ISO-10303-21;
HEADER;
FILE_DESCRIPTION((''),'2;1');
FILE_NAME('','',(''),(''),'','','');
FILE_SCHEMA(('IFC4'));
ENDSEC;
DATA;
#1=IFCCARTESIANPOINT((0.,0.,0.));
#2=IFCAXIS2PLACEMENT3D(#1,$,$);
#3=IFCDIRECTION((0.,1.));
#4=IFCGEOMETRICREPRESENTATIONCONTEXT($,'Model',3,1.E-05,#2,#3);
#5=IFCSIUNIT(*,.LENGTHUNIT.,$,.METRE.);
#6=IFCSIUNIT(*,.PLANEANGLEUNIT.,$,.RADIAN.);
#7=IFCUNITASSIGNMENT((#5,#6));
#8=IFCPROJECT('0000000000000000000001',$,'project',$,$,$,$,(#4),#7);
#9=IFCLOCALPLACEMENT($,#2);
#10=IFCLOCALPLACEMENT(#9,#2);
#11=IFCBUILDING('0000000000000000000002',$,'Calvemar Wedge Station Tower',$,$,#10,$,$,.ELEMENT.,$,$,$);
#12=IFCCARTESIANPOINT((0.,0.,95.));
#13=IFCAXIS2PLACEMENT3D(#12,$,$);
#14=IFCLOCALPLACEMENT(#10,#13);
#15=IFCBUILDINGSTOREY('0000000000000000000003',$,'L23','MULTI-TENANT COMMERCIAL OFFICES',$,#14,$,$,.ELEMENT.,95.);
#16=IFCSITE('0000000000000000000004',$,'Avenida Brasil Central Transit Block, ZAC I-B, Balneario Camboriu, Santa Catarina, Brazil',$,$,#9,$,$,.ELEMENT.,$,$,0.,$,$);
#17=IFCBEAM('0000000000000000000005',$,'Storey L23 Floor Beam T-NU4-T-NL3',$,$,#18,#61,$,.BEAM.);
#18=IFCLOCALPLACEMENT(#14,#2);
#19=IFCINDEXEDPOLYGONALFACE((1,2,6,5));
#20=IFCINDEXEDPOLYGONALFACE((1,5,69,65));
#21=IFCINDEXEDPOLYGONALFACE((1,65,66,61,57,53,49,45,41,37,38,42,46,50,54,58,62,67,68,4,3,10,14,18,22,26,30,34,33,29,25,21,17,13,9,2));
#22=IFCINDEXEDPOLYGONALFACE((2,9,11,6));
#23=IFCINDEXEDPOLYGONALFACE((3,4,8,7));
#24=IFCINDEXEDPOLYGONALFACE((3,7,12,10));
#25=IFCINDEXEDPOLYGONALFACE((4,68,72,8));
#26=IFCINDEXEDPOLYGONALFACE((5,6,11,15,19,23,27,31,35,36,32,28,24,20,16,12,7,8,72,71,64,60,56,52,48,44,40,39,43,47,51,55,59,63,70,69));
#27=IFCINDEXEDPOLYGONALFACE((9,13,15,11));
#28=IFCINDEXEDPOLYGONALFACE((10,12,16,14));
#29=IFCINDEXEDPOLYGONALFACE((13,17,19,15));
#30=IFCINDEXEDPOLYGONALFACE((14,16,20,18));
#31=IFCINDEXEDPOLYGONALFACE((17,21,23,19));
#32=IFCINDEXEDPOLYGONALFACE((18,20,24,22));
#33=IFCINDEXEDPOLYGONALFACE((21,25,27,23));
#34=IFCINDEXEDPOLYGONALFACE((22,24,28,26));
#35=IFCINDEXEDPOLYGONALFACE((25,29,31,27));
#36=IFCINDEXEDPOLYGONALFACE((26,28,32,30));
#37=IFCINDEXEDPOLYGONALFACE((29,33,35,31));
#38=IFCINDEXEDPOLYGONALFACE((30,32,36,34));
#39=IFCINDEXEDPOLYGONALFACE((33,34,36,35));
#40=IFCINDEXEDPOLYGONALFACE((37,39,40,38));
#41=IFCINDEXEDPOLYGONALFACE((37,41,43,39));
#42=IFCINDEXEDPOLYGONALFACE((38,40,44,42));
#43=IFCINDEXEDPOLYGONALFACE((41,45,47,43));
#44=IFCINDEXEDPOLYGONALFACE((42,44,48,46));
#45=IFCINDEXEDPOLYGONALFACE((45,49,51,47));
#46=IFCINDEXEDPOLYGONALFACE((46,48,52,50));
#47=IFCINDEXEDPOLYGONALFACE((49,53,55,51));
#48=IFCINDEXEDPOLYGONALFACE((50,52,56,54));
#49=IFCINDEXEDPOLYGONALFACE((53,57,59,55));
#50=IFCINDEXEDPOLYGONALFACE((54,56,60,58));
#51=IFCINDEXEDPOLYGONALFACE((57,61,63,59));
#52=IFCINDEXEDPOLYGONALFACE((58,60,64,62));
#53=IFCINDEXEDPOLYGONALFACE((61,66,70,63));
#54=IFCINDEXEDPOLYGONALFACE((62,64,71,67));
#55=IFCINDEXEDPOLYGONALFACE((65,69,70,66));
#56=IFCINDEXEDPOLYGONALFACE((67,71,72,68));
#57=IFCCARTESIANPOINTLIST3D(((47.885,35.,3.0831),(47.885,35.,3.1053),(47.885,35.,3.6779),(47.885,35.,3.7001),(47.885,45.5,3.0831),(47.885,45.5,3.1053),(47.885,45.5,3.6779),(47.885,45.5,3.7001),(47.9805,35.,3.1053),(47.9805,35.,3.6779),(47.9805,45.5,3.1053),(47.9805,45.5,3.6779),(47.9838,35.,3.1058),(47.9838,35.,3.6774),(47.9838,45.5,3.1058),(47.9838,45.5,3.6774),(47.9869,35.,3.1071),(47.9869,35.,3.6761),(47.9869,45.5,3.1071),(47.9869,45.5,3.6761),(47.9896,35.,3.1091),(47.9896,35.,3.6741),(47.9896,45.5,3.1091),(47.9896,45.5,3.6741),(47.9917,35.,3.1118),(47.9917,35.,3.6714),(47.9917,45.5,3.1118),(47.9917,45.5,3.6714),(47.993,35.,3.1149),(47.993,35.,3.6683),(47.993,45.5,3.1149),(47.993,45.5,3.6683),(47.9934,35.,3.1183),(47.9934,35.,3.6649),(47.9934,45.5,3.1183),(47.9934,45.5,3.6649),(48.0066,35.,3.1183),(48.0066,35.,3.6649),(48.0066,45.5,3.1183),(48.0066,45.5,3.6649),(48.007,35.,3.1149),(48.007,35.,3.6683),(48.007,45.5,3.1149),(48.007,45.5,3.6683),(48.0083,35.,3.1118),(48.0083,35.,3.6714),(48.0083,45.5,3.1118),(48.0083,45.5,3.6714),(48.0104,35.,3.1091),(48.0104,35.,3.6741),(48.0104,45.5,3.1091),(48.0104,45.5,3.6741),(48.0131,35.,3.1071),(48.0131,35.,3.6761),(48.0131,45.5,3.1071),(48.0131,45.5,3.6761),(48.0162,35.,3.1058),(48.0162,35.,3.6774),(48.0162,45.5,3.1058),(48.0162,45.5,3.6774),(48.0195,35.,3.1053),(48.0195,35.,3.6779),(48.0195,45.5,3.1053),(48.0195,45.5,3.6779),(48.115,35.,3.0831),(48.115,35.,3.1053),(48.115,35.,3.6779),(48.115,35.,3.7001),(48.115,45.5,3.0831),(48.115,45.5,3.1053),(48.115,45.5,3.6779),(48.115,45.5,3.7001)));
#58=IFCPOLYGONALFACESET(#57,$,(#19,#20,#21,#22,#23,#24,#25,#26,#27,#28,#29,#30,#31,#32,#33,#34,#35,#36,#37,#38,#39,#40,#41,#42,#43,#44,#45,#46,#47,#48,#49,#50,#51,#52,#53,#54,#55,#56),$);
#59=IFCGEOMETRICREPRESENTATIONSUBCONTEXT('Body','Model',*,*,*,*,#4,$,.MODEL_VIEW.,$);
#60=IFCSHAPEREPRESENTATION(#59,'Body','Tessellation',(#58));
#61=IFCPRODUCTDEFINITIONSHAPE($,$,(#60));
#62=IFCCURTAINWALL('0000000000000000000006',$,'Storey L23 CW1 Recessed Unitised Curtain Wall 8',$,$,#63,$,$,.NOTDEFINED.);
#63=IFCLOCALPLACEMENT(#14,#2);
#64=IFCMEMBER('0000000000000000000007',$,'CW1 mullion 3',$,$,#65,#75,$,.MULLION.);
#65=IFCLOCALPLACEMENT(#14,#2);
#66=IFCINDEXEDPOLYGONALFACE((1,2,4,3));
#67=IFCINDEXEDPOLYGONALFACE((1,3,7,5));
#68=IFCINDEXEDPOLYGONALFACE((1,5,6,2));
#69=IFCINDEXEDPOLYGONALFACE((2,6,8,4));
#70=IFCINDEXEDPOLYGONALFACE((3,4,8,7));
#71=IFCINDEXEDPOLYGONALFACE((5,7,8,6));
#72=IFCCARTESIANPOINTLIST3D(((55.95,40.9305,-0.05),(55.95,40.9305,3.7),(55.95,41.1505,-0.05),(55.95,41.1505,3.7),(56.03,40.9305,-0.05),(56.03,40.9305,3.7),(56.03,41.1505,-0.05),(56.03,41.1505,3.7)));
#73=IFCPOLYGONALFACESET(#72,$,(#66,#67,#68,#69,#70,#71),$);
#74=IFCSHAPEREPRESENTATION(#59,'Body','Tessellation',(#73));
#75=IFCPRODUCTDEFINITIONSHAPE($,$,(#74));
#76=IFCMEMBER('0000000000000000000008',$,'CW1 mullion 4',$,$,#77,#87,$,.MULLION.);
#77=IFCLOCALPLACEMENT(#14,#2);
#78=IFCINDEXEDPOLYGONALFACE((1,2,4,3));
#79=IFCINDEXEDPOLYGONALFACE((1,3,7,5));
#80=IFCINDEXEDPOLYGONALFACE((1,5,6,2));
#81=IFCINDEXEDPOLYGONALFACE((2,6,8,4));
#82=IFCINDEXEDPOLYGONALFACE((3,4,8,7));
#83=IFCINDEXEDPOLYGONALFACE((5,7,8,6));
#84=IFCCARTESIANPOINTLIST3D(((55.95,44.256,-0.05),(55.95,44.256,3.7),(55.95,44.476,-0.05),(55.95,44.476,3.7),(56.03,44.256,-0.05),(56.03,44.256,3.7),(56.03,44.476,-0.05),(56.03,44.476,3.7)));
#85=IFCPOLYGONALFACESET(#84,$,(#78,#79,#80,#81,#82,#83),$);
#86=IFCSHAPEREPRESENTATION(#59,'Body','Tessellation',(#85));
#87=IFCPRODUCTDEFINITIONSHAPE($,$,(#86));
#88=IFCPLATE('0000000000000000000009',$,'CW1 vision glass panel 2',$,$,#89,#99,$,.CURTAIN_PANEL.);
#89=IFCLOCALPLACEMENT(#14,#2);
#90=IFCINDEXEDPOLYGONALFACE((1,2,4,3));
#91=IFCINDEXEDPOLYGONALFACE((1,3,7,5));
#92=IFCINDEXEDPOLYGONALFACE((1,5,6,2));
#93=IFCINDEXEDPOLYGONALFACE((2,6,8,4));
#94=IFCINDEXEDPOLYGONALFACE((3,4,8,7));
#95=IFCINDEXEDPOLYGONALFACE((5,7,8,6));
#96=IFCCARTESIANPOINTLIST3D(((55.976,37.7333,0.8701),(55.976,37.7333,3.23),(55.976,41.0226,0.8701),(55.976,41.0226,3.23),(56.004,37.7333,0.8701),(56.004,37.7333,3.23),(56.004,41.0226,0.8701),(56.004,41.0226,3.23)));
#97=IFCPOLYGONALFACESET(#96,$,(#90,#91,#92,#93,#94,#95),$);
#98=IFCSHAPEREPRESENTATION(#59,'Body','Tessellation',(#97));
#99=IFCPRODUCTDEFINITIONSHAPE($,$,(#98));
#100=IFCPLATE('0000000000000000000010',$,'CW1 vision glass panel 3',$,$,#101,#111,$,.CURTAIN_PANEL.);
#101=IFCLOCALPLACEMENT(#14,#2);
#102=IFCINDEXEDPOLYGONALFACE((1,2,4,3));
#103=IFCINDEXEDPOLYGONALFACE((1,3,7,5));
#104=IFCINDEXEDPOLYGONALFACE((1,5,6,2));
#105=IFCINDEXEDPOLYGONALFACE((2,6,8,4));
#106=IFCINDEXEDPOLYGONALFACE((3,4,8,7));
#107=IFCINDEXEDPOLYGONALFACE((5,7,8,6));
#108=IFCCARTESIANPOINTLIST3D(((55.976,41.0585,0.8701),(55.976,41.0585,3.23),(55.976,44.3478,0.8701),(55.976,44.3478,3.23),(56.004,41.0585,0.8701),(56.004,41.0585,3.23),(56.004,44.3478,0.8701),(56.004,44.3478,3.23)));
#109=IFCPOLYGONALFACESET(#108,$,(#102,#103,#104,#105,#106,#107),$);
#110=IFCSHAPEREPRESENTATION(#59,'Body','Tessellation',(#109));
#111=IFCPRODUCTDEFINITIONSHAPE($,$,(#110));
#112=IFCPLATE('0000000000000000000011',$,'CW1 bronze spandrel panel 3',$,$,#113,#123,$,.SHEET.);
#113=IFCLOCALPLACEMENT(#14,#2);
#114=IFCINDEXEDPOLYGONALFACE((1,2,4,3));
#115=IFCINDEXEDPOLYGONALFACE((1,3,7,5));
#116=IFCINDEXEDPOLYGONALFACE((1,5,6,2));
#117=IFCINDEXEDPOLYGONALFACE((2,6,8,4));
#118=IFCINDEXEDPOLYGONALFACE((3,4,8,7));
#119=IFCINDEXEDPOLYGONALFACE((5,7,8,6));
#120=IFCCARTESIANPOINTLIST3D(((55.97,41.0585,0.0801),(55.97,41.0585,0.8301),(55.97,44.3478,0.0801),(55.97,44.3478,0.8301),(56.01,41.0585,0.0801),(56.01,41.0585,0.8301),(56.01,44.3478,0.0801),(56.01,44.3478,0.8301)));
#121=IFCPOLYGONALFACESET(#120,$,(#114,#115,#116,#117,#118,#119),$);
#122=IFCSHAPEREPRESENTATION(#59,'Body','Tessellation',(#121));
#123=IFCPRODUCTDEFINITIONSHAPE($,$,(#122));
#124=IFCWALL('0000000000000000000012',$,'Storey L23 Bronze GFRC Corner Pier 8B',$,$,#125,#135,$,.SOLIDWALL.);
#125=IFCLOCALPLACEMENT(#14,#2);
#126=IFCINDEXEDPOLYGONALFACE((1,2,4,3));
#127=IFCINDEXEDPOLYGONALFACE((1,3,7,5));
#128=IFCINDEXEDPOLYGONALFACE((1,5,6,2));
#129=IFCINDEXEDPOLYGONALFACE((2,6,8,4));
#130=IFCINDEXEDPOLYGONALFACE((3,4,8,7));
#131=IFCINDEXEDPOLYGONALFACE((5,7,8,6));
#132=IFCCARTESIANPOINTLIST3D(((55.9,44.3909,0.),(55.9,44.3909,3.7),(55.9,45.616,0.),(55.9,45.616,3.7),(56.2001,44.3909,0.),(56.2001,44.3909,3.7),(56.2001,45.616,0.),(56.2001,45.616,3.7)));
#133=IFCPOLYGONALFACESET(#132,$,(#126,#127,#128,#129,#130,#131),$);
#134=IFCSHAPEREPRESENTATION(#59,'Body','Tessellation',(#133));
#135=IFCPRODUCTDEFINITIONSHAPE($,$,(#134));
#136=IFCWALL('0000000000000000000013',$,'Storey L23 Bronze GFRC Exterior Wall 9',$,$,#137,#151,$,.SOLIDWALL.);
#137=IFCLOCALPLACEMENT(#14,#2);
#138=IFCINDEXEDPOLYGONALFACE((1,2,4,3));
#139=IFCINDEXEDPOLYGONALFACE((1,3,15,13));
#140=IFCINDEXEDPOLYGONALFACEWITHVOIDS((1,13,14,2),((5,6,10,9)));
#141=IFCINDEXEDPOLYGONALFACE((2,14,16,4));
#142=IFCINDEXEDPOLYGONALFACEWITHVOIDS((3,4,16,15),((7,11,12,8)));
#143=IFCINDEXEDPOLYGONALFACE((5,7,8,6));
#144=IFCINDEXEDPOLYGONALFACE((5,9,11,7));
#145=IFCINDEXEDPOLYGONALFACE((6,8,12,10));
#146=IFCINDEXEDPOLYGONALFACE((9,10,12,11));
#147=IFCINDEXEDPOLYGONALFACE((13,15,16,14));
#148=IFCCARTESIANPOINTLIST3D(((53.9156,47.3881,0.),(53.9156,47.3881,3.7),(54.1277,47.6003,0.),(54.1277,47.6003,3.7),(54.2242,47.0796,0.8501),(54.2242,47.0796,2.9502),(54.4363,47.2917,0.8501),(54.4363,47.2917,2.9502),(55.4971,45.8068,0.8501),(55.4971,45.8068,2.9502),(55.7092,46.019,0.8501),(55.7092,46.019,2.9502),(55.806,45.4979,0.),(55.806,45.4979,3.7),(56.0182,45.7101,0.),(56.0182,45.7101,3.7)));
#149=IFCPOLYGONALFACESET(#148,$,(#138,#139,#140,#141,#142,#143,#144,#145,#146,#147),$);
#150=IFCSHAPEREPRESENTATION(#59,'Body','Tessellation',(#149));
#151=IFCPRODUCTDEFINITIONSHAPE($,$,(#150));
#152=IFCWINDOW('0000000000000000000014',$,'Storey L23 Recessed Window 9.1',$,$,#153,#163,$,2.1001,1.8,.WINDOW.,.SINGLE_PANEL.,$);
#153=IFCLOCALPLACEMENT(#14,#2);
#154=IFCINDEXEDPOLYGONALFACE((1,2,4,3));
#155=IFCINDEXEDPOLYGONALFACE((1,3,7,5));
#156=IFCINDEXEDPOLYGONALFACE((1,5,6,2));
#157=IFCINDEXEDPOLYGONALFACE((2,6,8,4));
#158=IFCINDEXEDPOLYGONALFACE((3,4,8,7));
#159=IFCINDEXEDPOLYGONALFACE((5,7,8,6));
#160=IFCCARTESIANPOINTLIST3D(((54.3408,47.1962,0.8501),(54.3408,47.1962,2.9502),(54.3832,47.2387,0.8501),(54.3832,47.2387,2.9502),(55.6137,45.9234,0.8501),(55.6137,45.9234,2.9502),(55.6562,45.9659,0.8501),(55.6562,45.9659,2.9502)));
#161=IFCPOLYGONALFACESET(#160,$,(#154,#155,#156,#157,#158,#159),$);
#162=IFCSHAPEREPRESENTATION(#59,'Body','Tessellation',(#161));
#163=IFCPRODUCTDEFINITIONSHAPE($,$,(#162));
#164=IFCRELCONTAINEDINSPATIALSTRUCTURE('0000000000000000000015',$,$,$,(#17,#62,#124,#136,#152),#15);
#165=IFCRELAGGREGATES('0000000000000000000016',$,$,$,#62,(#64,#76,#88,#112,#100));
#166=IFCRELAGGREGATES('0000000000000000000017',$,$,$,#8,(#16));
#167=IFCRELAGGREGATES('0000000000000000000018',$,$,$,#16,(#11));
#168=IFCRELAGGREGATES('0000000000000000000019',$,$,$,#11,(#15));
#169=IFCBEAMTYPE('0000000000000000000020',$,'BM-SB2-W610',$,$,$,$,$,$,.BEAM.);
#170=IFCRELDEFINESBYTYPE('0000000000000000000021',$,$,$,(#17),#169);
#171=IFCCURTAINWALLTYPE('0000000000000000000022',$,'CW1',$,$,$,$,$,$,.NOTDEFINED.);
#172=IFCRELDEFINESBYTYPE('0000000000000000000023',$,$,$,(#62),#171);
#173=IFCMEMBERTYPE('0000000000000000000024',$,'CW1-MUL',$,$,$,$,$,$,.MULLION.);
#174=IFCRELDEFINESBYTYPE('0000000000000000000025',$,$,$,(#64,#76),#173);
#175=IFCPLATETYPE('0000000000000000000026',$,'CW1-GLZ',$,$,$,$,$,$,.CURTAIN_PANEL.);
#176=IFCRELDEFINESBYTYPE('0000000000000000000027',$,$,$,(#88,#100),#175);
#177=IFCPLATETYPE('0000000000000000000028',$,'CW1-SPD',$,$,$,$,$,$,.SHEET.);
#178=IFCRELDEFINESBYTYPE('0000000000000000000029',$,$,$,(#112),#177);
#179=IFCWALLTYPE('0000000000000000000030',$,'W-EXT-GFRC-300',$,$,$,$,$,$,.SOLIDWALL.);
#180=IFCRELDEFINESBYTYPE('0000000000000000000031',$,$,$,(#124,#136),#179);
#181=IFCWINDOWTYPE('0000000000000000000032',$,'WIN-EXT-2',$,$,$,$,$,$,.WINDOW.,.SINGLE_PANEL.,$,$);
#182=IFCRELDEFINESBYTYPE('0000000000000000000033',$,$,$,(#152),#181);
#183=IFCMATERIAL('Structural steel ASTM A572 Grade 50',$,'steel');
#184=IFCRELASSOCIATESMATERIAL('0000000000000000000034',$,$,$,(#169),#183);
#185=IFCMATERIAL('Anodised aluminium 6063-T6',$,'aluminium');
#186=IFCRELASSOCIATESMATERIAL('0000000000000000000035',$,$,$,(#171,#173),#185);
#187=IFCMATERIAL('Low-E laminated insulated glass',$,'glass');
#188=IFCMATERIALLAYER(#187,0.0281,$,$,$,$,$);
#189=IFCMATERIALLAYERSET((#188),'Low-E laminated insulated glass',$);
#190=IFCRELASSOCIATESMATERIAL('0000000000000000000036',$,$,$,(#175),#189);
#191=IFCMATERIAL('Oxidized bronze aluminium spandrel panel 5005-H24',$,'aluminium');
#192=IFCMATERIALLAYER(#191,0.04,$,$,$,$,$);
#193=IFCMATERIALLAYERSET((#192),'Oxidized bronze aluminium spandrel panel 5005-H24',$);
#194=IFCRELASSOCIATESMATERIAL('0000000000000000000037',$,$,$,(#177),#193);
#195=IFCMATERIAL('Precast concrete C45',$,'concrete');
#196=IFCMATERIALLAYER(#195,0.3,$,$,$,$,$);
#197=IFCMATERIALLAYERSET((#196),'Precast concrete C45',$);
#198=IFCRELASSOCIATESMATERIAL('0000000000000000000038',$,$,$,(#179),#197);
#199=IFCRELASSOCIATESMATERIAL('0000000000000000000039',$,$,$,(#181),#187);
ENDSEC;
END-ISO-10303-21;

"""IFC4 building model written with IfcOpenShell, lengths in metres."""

from ifc_helpers import new_model, si_unit, direction, frame, frame_2d, origin, origin_2d, place, context, subcontext, project, spatial, rectangle, i_section, extrude, source, transform, mapped, material, layer, layer_set, material_profile, profile_set, type_object, element, fill, aggregate, save


model = new_model("IFC4")

# Units and contexts
model_context = context("Model", 3, precision=1e-05, world=origin(), true_north=direction((0.0, 1.0)))
body_context = subcontext(model_context, "Body", "Model", "MODEL_VIEW")
ifc_project = project(units=[si_unit("LENGTHUNIT", "METRE"), si_unit("PLANEANGLEUNIT", "RADIAN")], contexts=[model_context])

# Site, building, storey
site_placement = place(None, origin())
site = spatial("IfcSite", under=ifc_project, at=site_placement, Name="Avenida Brasil Central Transit Block, ZAC I-B, Balneario Camboriu, Santa Catarina, Brazil", CompositionType="ELEMENT", RefElevation=0.0)
building_placement = place(site_placement, origin())
building = spatial("IfcBuilding", under=site, at=building_placement, Name="Calvemar Wedge Station Tower", CompositionType="ELEMENT")
storey_placement = place(building_placement, frame((0.0, 0.0, 95.0)))
storey = spatial("IfcBuildingStorey", under=building, at=storey_placement, Name="L23", Description="MULTI-TENANT COMMERCIAL OFFICES", CompositionType="ELEMENT", Elevation=95.0)

# Beam
ifc_material_1 = material(Name="Structural steel ASTM A572 Grade 50", Category="steel")
ifc_material_profile_1 = material_profile(ifc_material_1, i_section(OverallWidth=0.23, OverallDepth=0.6169, WebThickness=0.0132, FlangeThickness=0.0222, FilletRadius=0.0129, at=origin_2d()), Name="W610x140")
ifc_profile_set_1 = profile_set([ifc_material_profile_1], Name="Structural steel ASTM A572 Grade 50")
beam_type = type_object("IfcBeamType", Name="BM-SB2-W610", PredefinedType="BEAM", material=ifc_profile_set_1)
shared_shape_1 = source(origin(), body_context, "Body", "SweptSolid", [
    extrude(i_section(OverallWidth=0.23, OverallDepth=0.6169, WebThickness=0.0132, FlangeThickness=0.0222, FilletRadius=0.0129, at=origin_2d()), origin(), (0.0, 0.0, 1.0), 10.5),
])
beam_placement = place(storey_placement, frame((48.0, 45.5, 3.3916), z_axis=(0.0, -1.0, 0.0), x_axis=(1.0, 0.0, 0.0)))
element("IfcBeam", 1, at=beam_placement, inside=storey, type_object=beam_type, Name="Storey L23 Floor Beam T-NU4-T-NL3", PredefinedType="BEAM", context=body_context, shape_type="MappedRepresentation", body=[
    mapped(shared_shape_1, transform((0.0, 0.0, 0.0), scale=1.0)),
])

# Curtain wall, members, plates
ifc_material_2 = material(Name="Anodised aluminium 6063-T6", Category="aluminium")
curtain_wall_type = type_object("IfcCurtainWallType", Name="CW1", PredefinedType="NOTDEFINED", material=ifc_material_2)
curtain_wall_placement = place(storey_placement, origin())
curtain_wall = element("IfcCurtainWall", 2, at=curtain_wall_placement, inside=storey, type_object=curtain_wall_type, Name="Storey L23 CW1 Recessed Unitised Curtain Wall 8", PredefinedType="NOTDEFINED")
ifc_material_profile_2 = material_profile(ifc_material_2, rectangle(XDim=0.0801, YDim=0.22, at=origin_2d()), Name="AL-MUL-80x220")
ifc_profile_set_2 = profile_set([ifc_material_profile_2], Name="Anodised aluminium 6063-T6")
member_type = type_object("IfcMemberType", Name="CW1-MUL", PredefinedType="MULLION", material=ifc_profile_set_2)
shared_shape_2 = source(origin(), body_context, "Body", "SweptSolid", [
    extrude(rectangle(XDim=0.0801, YDim=0.22, at=origin_2d()), origin(), (0.0, 0.0, 1.0), 3.75),
])
member_1_placement = place(storey_placement, frame((55.99, 41.0405, -0.05), z_axis=(0.0, 0.0, 1.0), x_axis=(1.0, 0.0, 0.0)))
member_1 = element("IfcMember", 3, at=member_1_placement, type_object=member_type, Name="CW1 mullion 3", PredefinedType="MULLION", context=body_context, shape_type="MappedRepresentation", body=[
    mapped(shared_shape_2, transform((0.0, 0.0, 0.0), scale=1.0)),
])
member_2_placement = place(storey_placement, frame((55.99, 44.366, -0.05), z_axis=(0.0, 0.0, 1.0), x_axis=(1.0, 0.0, 0.0)))
member_2 = element("IfcMember", 4, at=member_2_placement, type_object=member_type, Name="CW1 mullion 4", PredefinedType="MULLION", context=body_context, shape_type="MappedRepresentation", body=[
    mapped(shared_shape_2, transform((0.0, 0.0, 0.0), scale=1.0)),
])
ifc_material_3 = material(Name="Low-E laminated insulated glass", Category="glass")
ifc_layer_1 = layer(ifc_material_3, 0.0281)
ifc_layer_set_1 = layer_set([ifc_layer_1], Name="Low-E laminated insulated glass")
plate_type_1 = type_object("IfcPlateType", Name="CW1-GLZ", PredefinedType="CURTAIN_PANEL", material=ifc_layer_set_1)
plate_1_placement = place(storey_placement, frame((55.99, 37.7334, 0.8701), z_axis=(0.0, 0.0, 1.0), x_axis=(0.0, 1.0, 0.0)))
plate_1 = element("IfcPlate", 5, at=plate_1_placement, type_object=plate_type_1, Name="CW1 vision glass panel 2", PredefinedType="CURTAIN_PANEL", context=body_context, shape_type="SweptSolid", body=[
    extrude(rectangle(XDim=3.2893, YDim=0.0281, at=frame_2d((1.6445, 0.0))), origin(), (0.0, 0.0, 1.0), 2.3599),
])
plate_2_placement = place(storey_placement, frame((55.99, 41.0586, 0.8701), z_axis=(0.0, 0.0, 1.0), x_axis=(0.0, 1.0, 0.0)))
plate_2 = element("IfcPlate", 6, at=plate_2_placement, type_object=plate_type_1, Name="CW1 vision glass panel 3", PredefinedType="CURTAIN_PANEL", context=body_context, shape_type="SweptSolid", body=[
    extrude(rectangle(XDim=3.2893, YDim=0.0281, at=frame_2d((1.6445, 0.0))), origin(), (0.0, 0.0, 1.0), 2.3599),
])
ifc_material_4 = material(Name="Oxidized bronze aluminium spandrel panel 5005-H24", Category="aluminium")
ifc_layer_2 = layer(ifc_material_4, 0.04)
ifc_layer_set_2 = layer_set([ifc_layer_2], Name="Oxidized bronze aluminium spandrel panel 5005-H24")
plate_type_2 = type_object("IfcPlateType", Name="CW1-SPD", PredefinedType="SHEET", material=ifc_layer_set_2)
plate_3_placement = place(storey_placement, frame((55.99, 41.0586, 0.0801), z_axis=(0.0, 0.0, 1.0), x_axis=(0.0, 1.0, 0.0)))
plate_3 = element("IfcPlate", 7, at=plate_3_placement, type_object=plate_type_2, Name="CW1 bronze spandrel panel 3", PredefinedType="SHEET", context=body_context, shape_type="SweptSolid", body=[
    extrude(rectangle(XDim=3.2893, YDim=0.04, at=frame_2d((1.6445, 0.0))), origin(), (0.0, 0.0, 1.0), 0.75),
])
aggregate(curtain_wall, [member_1, member_2, plate_1, plate_3, plate_2])

# Wall
ifc_material_5 = material(Name="Precast concrete C45", Category="concrete")
ifc_layer_3 = layer(ifc_material_5, 0.3)
ifc_layer_set_3 = layer_set([ifc_layer_3], Name="Precast concrete C45")
wall_type_1 = type_object("IfcWallType", Name="W-EXT-GFRC-300", PredefinedType="SOLIDWALL", material=ifc_layer_set_3)
wall_1_placement = place(storey_placement, frame((56.05, 44.3909, 0.0), z_axis=(0.0, 0.0, 1.0), x_axis=(0.0, 1.0, 0.0)))
element("IfcWall", 8, at=wall_1_placement, inside=storey, type_object=wall_type_1, Name="Storey L23 Bronze GFRC Corner Pier 8B", PredefinedType="SOLIDWALL", context=body_context, shape_type="SweptSolid", body=[
    extrude(rectangle(XDim=1.2251, YDim=0.3, at=frame_2d((0.6125, 0.0))), origin(), (0.0, 0.0, 1.0), 3.7),
])

# Wall, opening, window
wall_2_placement = place(storey_placement, frame((55.9121, 45.604, 0.0), z_axis=(0.0, 0.0, 1.0), x_axis=(-0.707152, 0.707061, 0.0)))
wall_2 = element("IfcWall", 9, at=wall_2_placement, inside=storey, type_object=wall_type_1, Name="Storey L23 Bronze GFRC Exterior Wall 9", PredefinedType="SOLIDWALL", context=body_context, shape_type="SweptSolid", body=[
    extrude(rectangle(XDim=2.6733, YDim=0.3, at=frame_2d((1.3367, 0.0))), origin(), (0.0, 0.0, 1.0), 3.7),
])
shared_shape_3 = source(origin(), body_context, "Body", "SweptSolid", [
    extrude(rectangle(XDim=1.8, YDim=2.1001, at=frame_2d((0.8999, 1.05))), frame((0.0, 0.1602, 0.0), z_axis=(0.0, -1.0, 0.0), x_axis=(1.0, 0.0, 0.0)), (0.0, 0.0, 1.0), 0.3201),
])
opening_1_placement = place(wall_2_placement, frame((0.437, 0.0, 0.8501)))
opening_1 = element("IfcOpeningElement", 10, at=opening_1_placement, cuts=wall_2, PredefinedType="OPENING", context=body_context, shape_type="MappedRepresentation", body=[
    mapped(shared_shape_3, transform((0.0, 0.0, 0.0), scale=1.0)),
])
window_type_1 = type_object("IfcWindowType", Name="WIN-EXT-2", PartitioningType="SINGLE_PANEL", PredefinedType="WINDOW", material=ifc_material_3)
shared_shape_4 = source(origin(), body_context, "Body", "SweptSolid", [
    extrude(rectangle(XDim=1.8, YDim=2.1001, at=frame_2d((0.8999, 1.05))), frame((0.0, -0.0149, 0.0), z_axis=(0.0, -1.0, 0.0), x_axis=(1.0, 0.0, 0.0)), (0.0, 0.0, 1.0), 0.0601),
])
window_1_placement = place(opening_1_placement, origin())
window_1 = element("IfcWindow", 11, at=window_1_placement, inside=storey, type_object=window_type_1, Name="Storey L23 Recessed Window 9.1", OverallHeight=2.1001, OverallWidth=1.8, PartitioningType="SINGLE_PANEL", PredefinedType="WINDOW", context=body_context, shape_type="MappedRepresentation", body=[
    mapped(shared_shape_4, transform((0.0, 0.0, 0.0), scale=1.0)),
])
fill(opening_1, window_1)

save(model, "model.ifc")
